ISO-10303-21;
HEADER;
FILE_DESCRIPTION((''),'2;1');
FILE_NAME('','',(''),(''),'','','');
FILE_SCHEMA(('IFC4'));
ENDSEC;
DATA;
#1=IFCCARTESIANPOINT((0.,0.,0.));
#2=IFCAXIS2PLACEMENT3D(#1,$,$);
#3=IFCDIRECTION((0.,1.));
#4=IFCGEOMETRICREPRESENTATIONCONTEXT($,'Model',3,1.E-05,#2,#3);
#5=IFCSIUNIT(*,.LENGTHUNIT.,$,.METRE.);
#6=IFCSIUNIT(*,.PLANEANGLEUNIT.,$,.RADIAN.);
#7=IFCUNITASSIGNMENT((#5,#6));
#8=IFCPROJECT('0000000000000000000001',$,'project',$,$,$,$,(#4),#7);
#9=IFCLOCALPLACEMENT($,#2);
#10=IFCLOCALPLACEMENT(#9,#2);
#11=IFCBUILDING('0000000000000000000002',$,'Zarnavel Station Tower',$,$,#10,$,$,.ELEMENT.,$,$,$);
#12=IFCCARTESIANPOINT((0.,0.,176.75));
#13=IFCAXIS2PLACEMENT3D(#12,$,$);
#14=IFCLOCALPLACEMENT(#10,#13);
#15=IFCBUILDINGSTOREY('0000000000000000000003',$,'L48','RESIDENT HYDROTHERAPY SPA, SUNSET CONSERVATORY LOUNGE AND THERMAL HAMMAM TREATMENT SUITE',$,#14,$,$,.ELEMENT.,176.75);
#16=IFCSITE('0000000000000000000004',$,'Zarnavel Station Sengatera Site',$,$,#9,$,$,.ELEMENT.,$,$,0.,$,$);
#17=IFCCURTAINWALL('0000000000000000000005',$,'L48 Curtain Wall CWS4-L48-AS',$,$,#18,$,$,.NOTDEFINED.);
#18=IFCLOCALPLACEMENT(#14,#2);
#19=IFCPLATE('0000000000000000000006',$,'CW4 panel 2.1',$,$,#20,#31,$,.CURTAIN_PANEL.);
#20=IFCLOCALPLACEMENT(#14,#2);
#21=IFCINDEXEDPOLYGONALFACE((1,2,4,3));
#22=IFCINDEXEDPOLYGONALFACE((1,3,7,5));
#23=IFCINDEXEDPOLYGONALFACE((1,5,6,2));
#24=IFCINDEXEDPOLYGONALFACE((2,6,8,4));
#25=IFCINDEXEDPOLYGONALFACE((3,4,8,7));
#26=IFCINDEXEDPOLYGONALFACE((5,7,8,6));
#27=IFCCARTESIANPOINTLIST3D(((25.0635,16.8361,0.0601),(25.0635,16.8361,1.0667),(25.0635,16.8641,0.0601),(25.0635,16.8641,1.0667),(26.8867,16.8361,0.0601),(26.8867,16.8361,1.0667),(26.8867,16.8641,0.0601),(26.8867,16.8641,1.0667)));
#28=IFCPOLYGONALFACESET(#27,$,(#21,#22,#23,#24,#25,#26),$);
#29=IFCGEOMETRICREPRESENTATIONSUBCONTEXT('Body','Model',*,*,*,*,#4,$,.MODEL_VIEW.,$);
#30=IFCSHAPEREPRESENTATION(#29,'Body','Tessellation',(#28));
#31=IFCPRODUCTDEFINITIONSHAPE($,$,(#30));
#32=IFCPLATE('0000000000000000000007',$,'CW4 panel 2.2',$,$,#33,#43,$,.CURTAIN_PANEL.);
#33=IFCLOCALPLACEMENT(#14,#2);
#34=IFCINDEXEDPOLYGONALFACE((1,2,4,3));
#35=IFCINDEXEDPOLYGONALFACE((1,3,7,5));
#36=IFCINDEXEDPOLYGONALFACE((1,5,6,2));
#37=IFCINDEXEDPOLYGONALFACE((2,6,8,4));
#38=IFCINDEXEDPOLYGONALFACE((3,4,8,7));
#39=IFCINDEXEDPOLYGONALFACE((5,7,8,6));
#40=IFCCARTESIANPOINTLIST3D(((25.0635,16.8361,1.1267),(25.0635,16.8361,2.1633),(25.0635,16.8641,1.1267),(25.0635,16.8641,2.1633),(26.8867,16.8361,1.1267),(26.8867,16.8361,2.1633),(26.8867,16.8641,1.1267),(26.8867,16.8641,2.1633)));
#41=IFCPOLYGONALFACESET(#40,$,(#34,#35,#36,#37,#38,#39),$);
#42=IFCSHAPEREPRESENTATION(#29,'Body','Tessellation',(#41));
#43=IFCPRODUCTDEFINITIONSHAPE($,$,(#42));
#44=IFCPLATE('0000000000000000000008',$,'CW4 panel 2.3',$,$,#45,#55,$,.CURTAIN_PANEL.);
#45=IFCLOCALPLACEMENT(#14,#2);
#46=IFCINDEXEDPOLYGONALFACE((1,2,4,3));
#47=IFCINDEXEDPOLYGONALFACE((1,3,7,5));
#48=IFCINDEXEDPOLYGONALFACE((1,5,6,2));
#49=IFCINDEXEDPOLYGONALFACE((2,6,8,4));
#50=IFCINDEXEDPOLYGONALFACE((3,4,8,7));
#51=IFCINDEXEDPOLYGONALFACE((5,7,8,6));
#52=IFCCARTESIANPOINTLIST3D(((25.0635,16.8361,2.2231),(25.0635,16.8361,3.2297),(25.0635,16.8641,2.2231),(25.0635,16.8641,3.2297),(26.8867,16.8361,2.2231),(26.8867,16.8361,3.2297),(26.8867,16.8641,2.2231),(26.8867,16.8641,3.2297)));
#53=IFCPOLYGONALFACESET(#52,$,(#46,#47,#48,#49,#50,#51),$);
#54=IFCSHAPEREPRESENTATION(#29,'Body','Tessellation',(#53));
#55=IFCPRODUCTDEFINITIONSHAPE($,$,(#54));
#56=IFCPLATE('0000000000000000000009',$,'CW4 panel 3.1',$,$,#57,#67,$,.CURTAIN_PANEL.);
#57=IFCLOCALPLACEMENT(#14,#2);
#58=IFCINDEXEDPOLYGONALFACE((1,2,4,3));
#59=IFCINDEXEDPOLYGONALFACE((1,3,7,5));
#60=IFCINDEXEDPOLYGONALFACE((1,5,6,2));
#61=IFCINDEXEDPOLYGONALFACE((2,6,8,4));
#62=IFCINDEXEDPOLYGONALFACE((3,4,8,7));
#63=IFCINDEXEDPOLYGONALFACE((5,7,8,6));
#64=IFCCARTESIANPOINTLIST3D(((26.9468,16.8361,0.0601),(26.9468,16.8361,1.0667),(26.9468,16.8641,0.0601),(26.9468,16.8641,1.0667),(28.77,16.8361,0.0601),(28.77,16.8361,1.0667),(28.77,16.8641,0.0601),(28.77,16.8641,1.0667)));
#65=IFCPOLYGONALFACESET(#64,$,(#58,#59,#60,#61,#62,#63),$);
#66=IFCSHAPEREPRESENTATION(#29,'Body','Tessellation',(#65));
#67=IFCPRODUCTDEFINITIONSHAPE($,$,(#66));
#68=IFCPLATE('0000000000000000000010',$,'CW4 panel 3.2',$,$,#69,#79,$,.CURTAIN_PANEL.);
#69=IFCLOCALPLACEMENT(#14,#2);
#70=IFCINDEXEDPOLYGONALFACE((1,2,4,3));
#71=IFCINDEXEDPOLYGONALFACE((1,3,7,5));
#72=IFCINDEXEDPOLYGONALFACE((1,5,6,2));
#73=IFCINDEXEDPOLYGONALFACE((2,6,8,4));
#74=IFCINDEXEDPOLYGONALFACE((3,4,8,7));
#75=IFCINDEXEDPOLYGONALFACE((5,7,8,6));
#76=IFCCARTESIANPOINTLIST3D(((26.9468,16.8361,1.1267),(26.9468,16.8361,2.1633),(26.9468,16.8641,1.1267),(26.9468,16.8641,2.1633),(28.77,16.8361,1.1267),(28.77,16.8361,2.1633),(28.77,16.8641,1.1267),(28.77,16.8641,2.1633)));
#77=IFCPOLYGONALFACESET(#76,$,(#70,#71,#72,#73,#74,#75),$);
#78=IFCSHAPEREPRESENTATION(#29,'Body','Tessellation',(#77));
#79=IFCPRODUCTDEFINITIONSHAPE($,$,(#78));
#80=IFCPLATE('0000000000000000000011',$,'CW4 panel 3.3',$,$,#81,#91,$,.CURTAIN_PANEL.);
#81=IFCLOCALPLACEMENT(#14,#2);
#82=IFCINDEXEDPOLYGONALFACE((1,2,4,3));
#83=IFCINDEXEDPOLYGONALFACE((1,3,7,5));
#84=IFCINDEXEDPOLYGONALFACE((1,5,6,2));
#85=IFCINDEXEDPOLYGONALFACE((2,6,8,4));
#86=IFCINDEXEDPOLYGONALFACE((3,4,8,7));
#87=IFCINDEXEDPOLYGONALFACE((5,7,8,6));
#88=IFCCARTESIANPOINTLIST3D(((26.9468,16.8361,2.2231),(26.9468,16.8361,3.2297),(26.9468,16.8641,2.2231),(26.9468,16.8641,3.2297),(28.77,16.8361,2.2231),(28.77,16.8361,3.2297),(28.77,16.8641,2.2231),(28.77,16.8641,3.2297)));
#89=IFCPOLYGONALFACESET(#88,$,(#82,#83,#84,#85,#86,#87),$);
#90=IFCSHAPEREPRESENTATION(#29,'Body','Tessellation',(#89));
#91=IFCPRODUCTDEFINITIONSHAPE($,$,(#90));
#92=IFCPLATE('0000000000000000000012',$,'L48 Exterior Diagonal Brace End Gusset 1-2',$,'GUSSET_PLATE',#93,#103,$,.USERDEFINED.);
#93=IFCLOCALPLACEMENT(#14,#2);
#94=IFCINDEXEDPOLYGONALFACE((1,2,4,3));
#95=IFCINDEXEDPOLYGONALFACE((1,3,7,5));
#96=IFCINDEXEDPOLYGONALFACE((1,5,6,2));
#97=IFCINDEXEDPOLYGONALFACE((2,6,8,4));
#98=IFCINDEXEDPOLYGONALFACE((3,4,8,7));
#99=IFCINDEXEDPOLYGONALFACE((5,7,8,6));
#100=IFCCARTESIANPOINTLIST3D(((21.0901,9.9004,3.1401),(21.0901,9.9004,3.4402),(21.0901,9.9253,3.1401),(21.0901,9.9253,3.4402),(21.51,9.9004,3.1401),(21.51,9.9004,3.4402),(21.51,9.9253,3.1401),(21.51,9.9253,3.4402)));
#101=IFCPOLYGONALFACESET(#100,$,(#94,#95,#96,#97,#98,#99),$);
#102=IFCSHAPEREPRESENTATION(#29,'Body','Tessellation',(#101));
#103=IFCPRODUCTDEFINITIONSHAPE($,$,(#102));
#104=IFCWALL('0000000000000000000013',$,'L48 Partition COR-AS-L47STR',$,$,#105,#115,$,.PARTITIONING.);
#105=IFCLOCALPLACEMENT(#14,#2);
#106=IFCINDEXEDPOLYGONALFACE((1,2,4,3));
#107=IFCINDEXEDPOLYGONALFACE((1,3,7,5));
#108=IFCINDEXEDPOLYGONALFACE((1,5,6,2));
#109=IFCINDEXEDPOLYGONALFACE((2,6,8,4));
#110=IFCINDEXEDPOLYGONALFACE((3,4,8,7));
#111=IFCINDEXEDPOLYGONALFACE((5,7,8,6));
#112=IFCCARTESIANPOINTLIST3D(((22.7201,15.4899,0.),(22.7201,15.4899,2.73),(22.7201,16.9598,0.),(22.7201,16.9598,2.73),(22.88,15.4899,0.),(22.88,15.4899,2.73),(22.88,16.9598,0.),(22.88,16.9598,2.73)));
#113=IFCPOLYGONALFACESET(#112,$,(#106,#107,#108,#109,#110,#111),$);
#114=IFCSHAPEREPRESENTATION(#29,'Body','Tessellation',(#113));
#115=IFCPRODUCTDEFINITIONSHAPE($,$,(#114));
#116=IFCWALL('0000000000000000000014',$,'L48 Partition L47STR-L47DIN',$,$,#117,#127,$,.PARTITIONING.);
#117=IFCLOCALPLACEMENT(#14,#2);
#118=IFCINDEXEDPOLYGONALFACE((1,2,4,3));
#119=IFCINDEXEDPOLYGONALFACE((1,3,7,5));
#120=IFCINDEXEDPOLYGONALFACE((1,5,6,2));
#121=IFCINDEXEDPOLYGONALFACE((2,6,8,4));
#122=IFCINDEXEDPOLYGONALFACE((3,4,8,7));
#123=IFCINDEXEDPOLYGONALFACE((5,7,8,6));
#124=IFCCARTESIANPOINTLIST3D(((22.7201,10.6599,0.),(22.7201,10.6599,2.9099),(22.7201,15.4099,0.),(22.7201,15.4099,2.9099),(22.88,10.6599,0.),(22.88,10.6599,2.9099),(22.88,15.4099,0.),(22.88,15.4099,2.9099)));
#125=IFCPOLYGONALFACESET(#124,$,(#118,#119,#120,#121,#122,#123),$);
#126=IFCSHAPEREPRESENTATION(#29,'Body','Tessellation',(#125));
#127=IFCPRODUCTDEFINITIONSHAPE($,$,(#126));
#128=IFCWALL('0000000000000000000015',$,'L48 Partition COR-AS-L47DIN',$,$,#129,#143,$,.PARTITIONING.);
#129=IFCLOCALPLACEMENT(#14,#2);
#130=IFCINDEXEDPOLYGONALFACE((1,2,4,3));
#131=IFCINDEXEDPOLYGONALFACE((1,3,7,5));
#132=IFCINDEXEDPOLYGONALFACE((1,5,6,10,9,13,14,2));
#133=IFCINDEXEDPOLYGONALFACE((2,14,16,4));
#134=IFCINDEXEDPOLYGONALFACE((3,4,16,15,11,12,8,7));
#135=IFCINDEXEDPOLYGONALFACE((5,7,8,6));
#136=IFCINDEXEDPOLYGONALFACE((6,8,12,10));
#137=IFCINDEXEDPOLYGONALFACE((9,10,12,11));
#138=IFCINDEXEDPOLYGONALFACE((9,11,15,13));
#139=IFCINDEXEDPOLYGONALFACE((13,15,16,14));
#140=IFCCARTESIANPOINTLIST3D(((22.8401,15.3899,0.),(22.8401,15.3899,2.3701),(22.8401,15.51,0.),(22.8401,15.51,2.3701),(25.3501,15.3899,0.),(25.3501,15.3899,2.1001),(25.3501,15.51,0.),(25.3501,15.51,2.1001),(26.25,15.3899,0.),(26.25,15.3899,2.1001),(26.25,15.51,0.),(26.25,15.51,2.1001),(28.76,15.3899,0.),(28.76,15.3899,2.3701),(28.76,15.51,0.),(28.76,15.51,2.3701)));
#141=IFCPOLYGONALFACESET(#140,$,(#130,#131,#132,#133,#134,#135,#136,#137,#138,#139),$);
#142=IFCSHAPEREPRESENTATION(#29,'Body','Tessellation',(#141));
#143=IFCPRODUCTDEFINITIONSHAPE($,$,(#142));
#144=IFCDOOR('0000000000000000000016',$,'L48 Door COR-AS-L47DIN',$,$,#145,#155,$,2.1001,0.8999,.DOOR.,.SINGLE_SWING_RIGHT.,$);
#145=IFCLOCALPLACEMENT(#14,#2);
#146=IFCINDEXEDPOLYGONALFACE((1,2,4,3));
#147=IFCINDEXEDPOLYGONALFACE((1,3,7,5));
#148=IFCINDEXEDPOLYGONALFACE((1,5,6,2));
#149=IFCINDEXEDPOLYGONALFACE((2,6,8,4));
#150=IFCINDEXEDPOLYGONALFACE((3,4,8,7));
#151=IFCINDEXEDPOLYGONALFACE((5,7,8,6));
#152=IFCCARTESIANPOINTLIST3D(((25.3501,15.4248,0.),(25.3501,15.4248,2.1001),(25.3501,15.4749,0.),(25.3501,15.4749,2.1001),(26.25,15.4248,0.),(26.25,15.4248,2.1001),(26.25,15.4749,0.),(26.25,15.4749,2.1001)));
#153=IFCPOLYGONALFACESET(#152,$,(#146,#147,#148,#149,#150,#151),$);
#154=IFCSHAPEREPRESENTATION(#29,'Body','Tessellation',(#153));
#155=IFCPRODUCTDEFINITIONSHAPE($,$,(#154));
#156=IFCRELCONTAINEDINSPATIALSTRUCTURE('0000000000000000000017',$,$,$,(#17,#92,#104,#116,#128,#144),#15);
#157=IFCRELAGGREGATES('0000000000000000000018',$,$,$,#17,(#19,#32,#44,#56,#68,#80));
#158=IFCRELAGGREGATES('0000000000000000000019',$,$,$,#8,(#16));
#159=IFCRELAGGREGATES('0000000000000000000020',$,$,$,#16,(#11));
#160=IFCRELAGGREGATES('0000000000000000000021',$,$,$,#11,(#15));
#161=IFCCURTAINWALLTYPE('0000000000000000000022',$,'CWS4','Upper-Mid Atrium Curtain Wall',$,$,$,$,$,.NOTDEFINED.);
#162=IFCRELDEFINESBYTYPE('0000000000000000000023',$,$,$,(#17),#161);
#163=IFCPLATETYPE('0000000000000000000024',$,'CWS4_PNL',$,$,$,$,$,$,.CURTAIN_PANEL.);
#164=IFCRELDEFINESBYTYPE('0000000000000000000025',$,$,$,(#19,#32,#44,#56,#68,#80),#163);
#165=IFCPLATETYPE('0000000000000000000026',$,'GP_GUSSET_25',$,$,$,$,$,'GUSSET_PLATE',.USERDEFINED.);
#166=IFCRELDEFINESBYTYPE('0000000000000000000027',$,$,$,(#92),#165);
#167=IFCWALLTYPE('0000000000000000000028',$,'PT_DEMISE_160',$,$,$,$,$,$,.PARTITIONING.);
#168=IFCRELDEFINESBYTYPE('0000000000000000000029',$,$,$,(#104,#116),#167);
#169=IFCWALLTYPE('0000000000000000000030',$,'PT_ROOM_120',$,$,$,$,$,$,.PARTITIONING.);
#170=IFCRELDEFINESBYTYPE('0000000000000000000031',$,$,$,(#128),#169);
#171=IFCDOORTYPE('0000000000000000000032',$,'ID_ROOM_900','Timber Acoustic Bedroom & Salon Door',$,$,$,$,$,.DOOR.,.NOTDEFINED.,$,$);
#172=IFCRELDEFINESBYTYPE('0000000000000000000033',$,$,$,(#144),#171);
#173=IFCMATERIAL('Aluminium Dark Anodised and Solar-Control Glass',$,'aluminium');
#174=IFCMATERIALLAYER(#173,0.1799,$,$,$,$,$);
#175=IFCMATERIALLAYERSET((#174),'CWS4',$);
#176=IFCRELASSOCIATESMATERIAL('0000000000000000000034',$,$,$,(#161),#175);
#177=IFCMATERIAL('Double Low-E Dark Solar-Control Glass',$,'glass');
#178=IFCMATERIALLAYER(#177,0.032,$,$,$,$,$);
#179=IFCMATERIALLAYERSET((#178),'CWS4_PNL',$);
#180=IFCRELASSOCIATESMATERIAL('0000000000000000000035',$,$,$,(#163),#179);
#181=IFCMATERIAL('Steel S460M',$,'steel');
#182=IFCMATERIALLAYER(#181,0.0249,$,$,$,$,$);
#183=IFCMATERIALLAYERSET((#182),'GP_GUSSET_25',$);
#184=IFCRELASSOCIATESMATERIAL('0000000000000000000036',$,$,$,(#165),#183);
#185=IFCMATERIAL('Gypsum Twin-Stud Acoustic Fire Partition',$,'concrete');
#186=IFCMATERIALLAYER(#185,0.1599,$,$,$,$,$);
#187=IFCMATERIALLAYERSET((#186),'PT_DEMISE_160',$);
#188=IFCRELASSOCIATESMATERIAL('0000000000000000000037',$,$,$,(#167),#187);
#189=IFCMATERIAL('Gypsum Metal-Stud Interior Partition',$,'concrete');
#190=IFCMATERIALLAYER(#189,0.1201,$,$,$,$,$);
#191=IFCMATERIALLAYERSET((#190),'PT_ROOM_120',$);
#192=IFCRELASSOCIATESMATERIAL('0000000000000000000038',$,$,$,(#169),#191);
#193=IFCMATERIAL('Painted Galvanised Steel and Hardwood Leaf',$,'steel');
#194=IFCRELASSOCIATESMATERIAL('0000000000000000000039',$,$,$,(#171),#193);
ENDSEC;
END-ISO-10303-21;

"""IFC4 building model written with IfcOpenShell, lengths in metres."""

from ifc_helpers import new_model, si_unit, direction, frame, frame_2d, origin, origin_2d, place, context, subcontext, project, spatial, rectangle, extrude, material, layer, layer_set, type_object, element, fill, aggregate, save


model = new_model("IFC4")

# Units and contexts
model_context = context("Model", 3, precision=1e-05, world=origin(), true_north=direction((0.0, 1.0)))
body_context = subcontext(model_context, "Body", "Model", "MODEL_VIEW")
ifc_project = project(units=[si_unit("LENGTHUNIT", "METRE"), si_unit("PLANEANGLEUNIT", "RADIAN")], contexts=[model_context])

# Site, building, storey
site_placement = place(None, origin())
site = spatial("IfcSite", under=ifc_project, at=site_placement, Name="Zarnavel Station Sengatera Site", CompositionType="ELEMENT", RefElevation=0.0)
building_placement = place(site_placement, origin())
building = spatial("IfcBuilding", under=site, at=building_placement, Name="Zarnavel Station Tower", CompositionType="ELEMENT")
storey_placement = place(building_placement, frame((0.0, 0.0, 176.75)))
storey = spatial("IfcBuildingStorey", under=building, at=storey_placement, Name="L48", Description="RESIDENT HYDROTHERAPY SPA, SUNSET CONSERVATORY LOUNGE AND THERMAL HAMMAM TREATMENT SUITE", CompositionType="ELEMENT", Elevation=176.75)

# Curtain wall
ifc_material_1 = material(Name="Aluminium Dark Anodised and Solar-Control Glass", Category="aluminium")
ifc_layer_1 = layer(ifc_material_1, 0.1799)
ifc_layer_set_1 = layer_set([ifc_layer_1], Name="CWS4")
curtain_wall_type = type_object("IfcCurtainWallType", Name="CWS4", Description="Upper-Mid Atrium Curtain Wall", PredefinedType="NOTDEFINED", material=ifc_layer_set_1)
curtain_wall_placement = place(storey_placement, origin())
curtain_wall = element("IfcCurtainWall", 1, at=curtain_wall_placement, inside=storey, type_object=curtain_wall_type, Name="L48 Curtain Wall CWS4-L48-AS", PredefinedType="NOTDEFINED")

# Plates
ifc_material_2 = material(Name="Double Low-E Dark Solar-Control Glass", Category="glass")
ifc_layer_2 = layer(ifc_material_2, 0.032)
ifc_layer_set_2 = layer_set([ifc_layer_2], Name="CWS4_PNL")
plate_type_1 = type_object("IfcPlateType", Name="CWS4_PNL", PredefinedType="CURTAIN_PANEL", material=ifc_layer_set_2)
plate_1_placement = place(storey_placement, frame((25.9751, 16.8501, 0.0601), z_axis=(0.0, 0.0, 1.0), x_axis=(1.0, 0.0, 0.0)))
plate_1 = element("IfcPlate", 2, at=plate_1_placement, type_object=plate_type_1, Name="CW4 panel 2.1", PredefinedType="CURTAIN_PANEL", context=body_context, shape_type="SweptSolid", body=[
    extrude(rectangle(XDim=1.8232, YDim=0.0281, at=origin_2d()), origin(), (0.0, 0.0, 1.0), 1.0066),
])
plate_2_placement = place(storey_placement, frame((25.9751, 16.8501, 1.1267), z_axis=(0.0, 0.0, 1.0), x_axis=(1.0, 0.0, 0.0)))
plate_2 = element("IfcPlate", 3, at=plate_2_placement, type_object=plate_type_1, Name="CW4 panel 2.2", PredefinedType="CURTAIN_PANEL", context=body_context, shape_type="SweptSolid", body=[
    extrude(rectangle(XDim=1.8232, YDim=0.0281, at=origin_2d()), origin(), (0.0, 0.0, 1.0), 1.0366),
])
plate_3_placement = place(storey_placement, frame((25.9751, 16.8501, 2.2231), z_axis=(0.0, 0.0, 1.0), x_axis=(1.0, 0.0, 0.0)))
plate_3 = element("IfcPlate", 4, at=plate_3_placement, type_object=plate_type_1, Name="CW4 panel 2.3", PredefinedType="CURTAIN_PANEL", context=body_context, shape_type="SweptSolid", body=[
    extrude(rectangle(XDim=1.8232, YDim=0.0281, at=origin_2d()), origin(), (0.0, 0.0, 1.0), 1.0066),
])
plate_4_placement = place(storey_placement, frame((27.8584, 16.8501, 0.0601), z_axis=(0.0, 0.0, 1.0), x_axis=(1.0, 0.0, 0.0)))
plate_4 = element("IfcPlate", 5, at=plate_4_placement, type_object=plate_type_1, Name="CW4 panel 3.1", PredefinedType="CURTAIN_PANEL", context=body_context, shape_type="SweptSolid", body=[
    extrude(rectangle(XDim=1.8232, YDim=0.0281, at=origin_2d()), origin(), (0.0, 0.0, 1.0), 1.0066),
])
plate_5_placement = place(storey_placement, frame((27.8584, 16.8501, 1.1267), z_axis=(0.0, 0.0, 1.0), x_axis=(1.0, 0.0, 0.0)))
plate_5 = element("IfcPlate", 6, at=plate_5_placement, type_object=plate_type_1, Name="CW4 panel 3.2", PredefinedType="CURTAIN_PANEL", context=body_context, shape_type="SweptSolid", body=[
    extrude(rectangle(XDim=1.8232, YDim=0.0281, at=origin_2d()), origin(), (0.0, 0.0, 1.0), 1.0366),
])
plate_6_placement = place(storey_placement, frame((27.8584, 16.8501, 2.2231), z_axis=(0.0, 0.0, 1.0), x_axis=(1.0, 0.0, 0.0)))
plate_6 = element("IfcPlate", 7, at=plate_6_placement, type_object=plate_type_1, Name="CW4 panel 3.3", PredefinedType="CURTAIN_PANEL", context=body_context, shape_type="SweptSolid", body=[
    extrude(rectangle(XDim=1.8232, YDim=0.0281, at=origin_2d()), origin(), (0.0, 0.0, 1.0), 1.0066),
])
aggregate(curtain_wall, [plate_1, plate_2, plate_3, plate_4, plate_5, plate_6])
ifc_material_3 = material(Name="Steel S460M", Category="steel")
ifc_layer_3 = layer(ifc_material_3, 0.0249)
ifc_layer_set_3 = layer_set([ifc_layer_3], Name="GP_GUSSET_25")
plate_type_2 = type_object("IfcPlateType", Name="GP_GUSSET_25", ElementType="GUSSET_PLATE", PredefinedType="USERDEFINED", material=ifc_layer_set_3)
plate_7_placement = place(storey_placement, frame((21.3, 9.9128, 3.1401), z_axis=(0.0, 0.0, 1.0), x_axis=(1.0, 0.0, 0.0)))
element("IfcPlate", 8, at=plate_7_placement, inside=storey, type_object=plate_type_2, Name="L48 Exterior Diagonal Brace End Gusset 1-2", ObjectType="GUSSET_PLATE", PredefinedType="USERDEFINED", context=body_context, shape_type="SweptSolid", body=[
    extrude(rectangle(XDim=0.4199, YDim=0.0249, at=origin_2d()), origin(), (0.0, 0.0, 1.0), 0.3),
])

# Walls
ifc_material_4 = material(Name="Gypsum Twin-Stud Acoustic Fire Partition", Category="concrete")
ifc_layer_4 = layer(ifc_material_4, 0.1599)
ifc_layer_set_4 = layer_set([ifc_layer_4], Name="PT_DEMISE_160")
wall_type_1 = type_object("IfcWallType", Name="PT_DEMISE_160", PredefinedType="PARTITIONING", material=ifc_layer_set_4)
wall_1_placement = place(storey_placement, frame((22.8, 15.49, 0.0), z_axis=(0.0, 0.0, 1.0), x_axis=(0.0, 1.0, 0.0)))
element("IfcWall", 9, at=wall_1_placement, inside=storey, type_object=wall_type_1, Name="L48 Partition COR-AS-L47STR", PredefinedType="PARTITIONING", context=body_context, shape_type="SweptSolid", body=[
    extrude(rectangle(XDim=1.47, YDim=0.1599, at=frame_2d((0.7349, 0.0))), origin(), (0.0, 0.0, 1.0), 2.73),
])
wall_2_placement = place(storey_placement, frame((22.8, 10.6599, 0.0), z_axis=(0.0, 0.0, 1.0), x_axis=(0.0, 1.0, 0.0)))
element("IfcWall", 10, at=wall_2_placement, inside=storey, type_object=wall_type_1, Name="L48 Partition L47STR-L47DIN", PredefinedType="PARTITIONING", context=body_context, shape_type="SweptSolid", body=[
    extrude(rectangle(XDim=4.75, YDim=0.1599, at=frame_2d((2.375, 0.0))), origin(), (0.0, 0.0, 1.0), 2.9099),
])

# Wall, opening, door
ifc_material_5 = material(Name="Gypsum Metal-Stud Interior Partition", Category="concrete")
ifc_layer_5 = layer(ifc_material_5, 0.1201)
ifc_layer_set_5 = layer_set([ifc_layer_5], Name="PT_ROOM_120")
wall_type_2 = type_object("IfcWallType", Name="PT_ROOM_120", PredefinedType="PARTITIONING", material=ifc_layer_set_5)
wall_3_placement = place(storey_placement, frame((22.8401, 15.45, 0.0), z_axis=(0.0, 0.0, 1.0), x_axis=(1.0, 0.0, 0.0)))
wall_3 = element("IfcWall", 11, at=wall_3_placement, inside=storey, type_object=wall_type_2, Name="L48 Partition COR-AS-L47DIN", PredefinedType="PARTITIONING", context=body_context, shape_type="SweptSolid", body=[
    extrude(rectangle(XDim=5.9199, YDim=0.1201, at=frame_2d((2.96, 0.0))), origin(), (0.0, 0.0, 1.0), 2.3701),
])
opening_placement = place(wall_3_placement, frame((2.51, 0.0, 0.0)))
opening = element("IfcOpeningElement", 12, at=opening_placement, cuts=wall_3, PredefinedType="OPENING", context=body_context, shape_type="SweptSolid", body=[
    extrude(rectangle(XDim=0.8999, YDim=2.1001, at=frame_2d((0.45, 1.05))), frame((0.0, 0.0701, 0.0), z_axis=(0.0, -1.0, 0.0), x_axis=(1.0, 0.0, 0.0)), (0.0, 0.0, 1.0), 0.1401),
])
ifc_material_6 = material(Name="Painted Galvanised Steel and Hardwood Leaf", Category="steel")
door_type = type_object("IfcDoorType", Name="ID_ROOM_900", Description="Timber Acoustic Bedroom & Salon Door", OperationType="NOTDEFINED", PredefinedType="DOOR", material=ifc_material_6)
door_placement = place(opening_placement, origin())
door = element("IfcDoor", 13, at=door_placement, inside=storey, type_object=door_type, Name="L48 Door COR-AS-L47DIN", OperationType="SINGLE_SWING_RIGHT", OverallHeight=2.1001, OverallWidth=0.8999, PredefinedType="DOOR", context=body_context, shape_type="SweptSolid", body=[
    extrude(rectangle(XDim=0.8999, YDim=2.1001, at=frame_2d((0.45, 1.05))), frame((0.0, 0.0249, 0.0), z_axis=(0.0, -1.0, 0.0), x_axis=(1.0, 0.0, 0.0)), (0.0, 0.0, 1.0), 0.05),
])
fill(opening, door)

save(model, "model.ifc")
